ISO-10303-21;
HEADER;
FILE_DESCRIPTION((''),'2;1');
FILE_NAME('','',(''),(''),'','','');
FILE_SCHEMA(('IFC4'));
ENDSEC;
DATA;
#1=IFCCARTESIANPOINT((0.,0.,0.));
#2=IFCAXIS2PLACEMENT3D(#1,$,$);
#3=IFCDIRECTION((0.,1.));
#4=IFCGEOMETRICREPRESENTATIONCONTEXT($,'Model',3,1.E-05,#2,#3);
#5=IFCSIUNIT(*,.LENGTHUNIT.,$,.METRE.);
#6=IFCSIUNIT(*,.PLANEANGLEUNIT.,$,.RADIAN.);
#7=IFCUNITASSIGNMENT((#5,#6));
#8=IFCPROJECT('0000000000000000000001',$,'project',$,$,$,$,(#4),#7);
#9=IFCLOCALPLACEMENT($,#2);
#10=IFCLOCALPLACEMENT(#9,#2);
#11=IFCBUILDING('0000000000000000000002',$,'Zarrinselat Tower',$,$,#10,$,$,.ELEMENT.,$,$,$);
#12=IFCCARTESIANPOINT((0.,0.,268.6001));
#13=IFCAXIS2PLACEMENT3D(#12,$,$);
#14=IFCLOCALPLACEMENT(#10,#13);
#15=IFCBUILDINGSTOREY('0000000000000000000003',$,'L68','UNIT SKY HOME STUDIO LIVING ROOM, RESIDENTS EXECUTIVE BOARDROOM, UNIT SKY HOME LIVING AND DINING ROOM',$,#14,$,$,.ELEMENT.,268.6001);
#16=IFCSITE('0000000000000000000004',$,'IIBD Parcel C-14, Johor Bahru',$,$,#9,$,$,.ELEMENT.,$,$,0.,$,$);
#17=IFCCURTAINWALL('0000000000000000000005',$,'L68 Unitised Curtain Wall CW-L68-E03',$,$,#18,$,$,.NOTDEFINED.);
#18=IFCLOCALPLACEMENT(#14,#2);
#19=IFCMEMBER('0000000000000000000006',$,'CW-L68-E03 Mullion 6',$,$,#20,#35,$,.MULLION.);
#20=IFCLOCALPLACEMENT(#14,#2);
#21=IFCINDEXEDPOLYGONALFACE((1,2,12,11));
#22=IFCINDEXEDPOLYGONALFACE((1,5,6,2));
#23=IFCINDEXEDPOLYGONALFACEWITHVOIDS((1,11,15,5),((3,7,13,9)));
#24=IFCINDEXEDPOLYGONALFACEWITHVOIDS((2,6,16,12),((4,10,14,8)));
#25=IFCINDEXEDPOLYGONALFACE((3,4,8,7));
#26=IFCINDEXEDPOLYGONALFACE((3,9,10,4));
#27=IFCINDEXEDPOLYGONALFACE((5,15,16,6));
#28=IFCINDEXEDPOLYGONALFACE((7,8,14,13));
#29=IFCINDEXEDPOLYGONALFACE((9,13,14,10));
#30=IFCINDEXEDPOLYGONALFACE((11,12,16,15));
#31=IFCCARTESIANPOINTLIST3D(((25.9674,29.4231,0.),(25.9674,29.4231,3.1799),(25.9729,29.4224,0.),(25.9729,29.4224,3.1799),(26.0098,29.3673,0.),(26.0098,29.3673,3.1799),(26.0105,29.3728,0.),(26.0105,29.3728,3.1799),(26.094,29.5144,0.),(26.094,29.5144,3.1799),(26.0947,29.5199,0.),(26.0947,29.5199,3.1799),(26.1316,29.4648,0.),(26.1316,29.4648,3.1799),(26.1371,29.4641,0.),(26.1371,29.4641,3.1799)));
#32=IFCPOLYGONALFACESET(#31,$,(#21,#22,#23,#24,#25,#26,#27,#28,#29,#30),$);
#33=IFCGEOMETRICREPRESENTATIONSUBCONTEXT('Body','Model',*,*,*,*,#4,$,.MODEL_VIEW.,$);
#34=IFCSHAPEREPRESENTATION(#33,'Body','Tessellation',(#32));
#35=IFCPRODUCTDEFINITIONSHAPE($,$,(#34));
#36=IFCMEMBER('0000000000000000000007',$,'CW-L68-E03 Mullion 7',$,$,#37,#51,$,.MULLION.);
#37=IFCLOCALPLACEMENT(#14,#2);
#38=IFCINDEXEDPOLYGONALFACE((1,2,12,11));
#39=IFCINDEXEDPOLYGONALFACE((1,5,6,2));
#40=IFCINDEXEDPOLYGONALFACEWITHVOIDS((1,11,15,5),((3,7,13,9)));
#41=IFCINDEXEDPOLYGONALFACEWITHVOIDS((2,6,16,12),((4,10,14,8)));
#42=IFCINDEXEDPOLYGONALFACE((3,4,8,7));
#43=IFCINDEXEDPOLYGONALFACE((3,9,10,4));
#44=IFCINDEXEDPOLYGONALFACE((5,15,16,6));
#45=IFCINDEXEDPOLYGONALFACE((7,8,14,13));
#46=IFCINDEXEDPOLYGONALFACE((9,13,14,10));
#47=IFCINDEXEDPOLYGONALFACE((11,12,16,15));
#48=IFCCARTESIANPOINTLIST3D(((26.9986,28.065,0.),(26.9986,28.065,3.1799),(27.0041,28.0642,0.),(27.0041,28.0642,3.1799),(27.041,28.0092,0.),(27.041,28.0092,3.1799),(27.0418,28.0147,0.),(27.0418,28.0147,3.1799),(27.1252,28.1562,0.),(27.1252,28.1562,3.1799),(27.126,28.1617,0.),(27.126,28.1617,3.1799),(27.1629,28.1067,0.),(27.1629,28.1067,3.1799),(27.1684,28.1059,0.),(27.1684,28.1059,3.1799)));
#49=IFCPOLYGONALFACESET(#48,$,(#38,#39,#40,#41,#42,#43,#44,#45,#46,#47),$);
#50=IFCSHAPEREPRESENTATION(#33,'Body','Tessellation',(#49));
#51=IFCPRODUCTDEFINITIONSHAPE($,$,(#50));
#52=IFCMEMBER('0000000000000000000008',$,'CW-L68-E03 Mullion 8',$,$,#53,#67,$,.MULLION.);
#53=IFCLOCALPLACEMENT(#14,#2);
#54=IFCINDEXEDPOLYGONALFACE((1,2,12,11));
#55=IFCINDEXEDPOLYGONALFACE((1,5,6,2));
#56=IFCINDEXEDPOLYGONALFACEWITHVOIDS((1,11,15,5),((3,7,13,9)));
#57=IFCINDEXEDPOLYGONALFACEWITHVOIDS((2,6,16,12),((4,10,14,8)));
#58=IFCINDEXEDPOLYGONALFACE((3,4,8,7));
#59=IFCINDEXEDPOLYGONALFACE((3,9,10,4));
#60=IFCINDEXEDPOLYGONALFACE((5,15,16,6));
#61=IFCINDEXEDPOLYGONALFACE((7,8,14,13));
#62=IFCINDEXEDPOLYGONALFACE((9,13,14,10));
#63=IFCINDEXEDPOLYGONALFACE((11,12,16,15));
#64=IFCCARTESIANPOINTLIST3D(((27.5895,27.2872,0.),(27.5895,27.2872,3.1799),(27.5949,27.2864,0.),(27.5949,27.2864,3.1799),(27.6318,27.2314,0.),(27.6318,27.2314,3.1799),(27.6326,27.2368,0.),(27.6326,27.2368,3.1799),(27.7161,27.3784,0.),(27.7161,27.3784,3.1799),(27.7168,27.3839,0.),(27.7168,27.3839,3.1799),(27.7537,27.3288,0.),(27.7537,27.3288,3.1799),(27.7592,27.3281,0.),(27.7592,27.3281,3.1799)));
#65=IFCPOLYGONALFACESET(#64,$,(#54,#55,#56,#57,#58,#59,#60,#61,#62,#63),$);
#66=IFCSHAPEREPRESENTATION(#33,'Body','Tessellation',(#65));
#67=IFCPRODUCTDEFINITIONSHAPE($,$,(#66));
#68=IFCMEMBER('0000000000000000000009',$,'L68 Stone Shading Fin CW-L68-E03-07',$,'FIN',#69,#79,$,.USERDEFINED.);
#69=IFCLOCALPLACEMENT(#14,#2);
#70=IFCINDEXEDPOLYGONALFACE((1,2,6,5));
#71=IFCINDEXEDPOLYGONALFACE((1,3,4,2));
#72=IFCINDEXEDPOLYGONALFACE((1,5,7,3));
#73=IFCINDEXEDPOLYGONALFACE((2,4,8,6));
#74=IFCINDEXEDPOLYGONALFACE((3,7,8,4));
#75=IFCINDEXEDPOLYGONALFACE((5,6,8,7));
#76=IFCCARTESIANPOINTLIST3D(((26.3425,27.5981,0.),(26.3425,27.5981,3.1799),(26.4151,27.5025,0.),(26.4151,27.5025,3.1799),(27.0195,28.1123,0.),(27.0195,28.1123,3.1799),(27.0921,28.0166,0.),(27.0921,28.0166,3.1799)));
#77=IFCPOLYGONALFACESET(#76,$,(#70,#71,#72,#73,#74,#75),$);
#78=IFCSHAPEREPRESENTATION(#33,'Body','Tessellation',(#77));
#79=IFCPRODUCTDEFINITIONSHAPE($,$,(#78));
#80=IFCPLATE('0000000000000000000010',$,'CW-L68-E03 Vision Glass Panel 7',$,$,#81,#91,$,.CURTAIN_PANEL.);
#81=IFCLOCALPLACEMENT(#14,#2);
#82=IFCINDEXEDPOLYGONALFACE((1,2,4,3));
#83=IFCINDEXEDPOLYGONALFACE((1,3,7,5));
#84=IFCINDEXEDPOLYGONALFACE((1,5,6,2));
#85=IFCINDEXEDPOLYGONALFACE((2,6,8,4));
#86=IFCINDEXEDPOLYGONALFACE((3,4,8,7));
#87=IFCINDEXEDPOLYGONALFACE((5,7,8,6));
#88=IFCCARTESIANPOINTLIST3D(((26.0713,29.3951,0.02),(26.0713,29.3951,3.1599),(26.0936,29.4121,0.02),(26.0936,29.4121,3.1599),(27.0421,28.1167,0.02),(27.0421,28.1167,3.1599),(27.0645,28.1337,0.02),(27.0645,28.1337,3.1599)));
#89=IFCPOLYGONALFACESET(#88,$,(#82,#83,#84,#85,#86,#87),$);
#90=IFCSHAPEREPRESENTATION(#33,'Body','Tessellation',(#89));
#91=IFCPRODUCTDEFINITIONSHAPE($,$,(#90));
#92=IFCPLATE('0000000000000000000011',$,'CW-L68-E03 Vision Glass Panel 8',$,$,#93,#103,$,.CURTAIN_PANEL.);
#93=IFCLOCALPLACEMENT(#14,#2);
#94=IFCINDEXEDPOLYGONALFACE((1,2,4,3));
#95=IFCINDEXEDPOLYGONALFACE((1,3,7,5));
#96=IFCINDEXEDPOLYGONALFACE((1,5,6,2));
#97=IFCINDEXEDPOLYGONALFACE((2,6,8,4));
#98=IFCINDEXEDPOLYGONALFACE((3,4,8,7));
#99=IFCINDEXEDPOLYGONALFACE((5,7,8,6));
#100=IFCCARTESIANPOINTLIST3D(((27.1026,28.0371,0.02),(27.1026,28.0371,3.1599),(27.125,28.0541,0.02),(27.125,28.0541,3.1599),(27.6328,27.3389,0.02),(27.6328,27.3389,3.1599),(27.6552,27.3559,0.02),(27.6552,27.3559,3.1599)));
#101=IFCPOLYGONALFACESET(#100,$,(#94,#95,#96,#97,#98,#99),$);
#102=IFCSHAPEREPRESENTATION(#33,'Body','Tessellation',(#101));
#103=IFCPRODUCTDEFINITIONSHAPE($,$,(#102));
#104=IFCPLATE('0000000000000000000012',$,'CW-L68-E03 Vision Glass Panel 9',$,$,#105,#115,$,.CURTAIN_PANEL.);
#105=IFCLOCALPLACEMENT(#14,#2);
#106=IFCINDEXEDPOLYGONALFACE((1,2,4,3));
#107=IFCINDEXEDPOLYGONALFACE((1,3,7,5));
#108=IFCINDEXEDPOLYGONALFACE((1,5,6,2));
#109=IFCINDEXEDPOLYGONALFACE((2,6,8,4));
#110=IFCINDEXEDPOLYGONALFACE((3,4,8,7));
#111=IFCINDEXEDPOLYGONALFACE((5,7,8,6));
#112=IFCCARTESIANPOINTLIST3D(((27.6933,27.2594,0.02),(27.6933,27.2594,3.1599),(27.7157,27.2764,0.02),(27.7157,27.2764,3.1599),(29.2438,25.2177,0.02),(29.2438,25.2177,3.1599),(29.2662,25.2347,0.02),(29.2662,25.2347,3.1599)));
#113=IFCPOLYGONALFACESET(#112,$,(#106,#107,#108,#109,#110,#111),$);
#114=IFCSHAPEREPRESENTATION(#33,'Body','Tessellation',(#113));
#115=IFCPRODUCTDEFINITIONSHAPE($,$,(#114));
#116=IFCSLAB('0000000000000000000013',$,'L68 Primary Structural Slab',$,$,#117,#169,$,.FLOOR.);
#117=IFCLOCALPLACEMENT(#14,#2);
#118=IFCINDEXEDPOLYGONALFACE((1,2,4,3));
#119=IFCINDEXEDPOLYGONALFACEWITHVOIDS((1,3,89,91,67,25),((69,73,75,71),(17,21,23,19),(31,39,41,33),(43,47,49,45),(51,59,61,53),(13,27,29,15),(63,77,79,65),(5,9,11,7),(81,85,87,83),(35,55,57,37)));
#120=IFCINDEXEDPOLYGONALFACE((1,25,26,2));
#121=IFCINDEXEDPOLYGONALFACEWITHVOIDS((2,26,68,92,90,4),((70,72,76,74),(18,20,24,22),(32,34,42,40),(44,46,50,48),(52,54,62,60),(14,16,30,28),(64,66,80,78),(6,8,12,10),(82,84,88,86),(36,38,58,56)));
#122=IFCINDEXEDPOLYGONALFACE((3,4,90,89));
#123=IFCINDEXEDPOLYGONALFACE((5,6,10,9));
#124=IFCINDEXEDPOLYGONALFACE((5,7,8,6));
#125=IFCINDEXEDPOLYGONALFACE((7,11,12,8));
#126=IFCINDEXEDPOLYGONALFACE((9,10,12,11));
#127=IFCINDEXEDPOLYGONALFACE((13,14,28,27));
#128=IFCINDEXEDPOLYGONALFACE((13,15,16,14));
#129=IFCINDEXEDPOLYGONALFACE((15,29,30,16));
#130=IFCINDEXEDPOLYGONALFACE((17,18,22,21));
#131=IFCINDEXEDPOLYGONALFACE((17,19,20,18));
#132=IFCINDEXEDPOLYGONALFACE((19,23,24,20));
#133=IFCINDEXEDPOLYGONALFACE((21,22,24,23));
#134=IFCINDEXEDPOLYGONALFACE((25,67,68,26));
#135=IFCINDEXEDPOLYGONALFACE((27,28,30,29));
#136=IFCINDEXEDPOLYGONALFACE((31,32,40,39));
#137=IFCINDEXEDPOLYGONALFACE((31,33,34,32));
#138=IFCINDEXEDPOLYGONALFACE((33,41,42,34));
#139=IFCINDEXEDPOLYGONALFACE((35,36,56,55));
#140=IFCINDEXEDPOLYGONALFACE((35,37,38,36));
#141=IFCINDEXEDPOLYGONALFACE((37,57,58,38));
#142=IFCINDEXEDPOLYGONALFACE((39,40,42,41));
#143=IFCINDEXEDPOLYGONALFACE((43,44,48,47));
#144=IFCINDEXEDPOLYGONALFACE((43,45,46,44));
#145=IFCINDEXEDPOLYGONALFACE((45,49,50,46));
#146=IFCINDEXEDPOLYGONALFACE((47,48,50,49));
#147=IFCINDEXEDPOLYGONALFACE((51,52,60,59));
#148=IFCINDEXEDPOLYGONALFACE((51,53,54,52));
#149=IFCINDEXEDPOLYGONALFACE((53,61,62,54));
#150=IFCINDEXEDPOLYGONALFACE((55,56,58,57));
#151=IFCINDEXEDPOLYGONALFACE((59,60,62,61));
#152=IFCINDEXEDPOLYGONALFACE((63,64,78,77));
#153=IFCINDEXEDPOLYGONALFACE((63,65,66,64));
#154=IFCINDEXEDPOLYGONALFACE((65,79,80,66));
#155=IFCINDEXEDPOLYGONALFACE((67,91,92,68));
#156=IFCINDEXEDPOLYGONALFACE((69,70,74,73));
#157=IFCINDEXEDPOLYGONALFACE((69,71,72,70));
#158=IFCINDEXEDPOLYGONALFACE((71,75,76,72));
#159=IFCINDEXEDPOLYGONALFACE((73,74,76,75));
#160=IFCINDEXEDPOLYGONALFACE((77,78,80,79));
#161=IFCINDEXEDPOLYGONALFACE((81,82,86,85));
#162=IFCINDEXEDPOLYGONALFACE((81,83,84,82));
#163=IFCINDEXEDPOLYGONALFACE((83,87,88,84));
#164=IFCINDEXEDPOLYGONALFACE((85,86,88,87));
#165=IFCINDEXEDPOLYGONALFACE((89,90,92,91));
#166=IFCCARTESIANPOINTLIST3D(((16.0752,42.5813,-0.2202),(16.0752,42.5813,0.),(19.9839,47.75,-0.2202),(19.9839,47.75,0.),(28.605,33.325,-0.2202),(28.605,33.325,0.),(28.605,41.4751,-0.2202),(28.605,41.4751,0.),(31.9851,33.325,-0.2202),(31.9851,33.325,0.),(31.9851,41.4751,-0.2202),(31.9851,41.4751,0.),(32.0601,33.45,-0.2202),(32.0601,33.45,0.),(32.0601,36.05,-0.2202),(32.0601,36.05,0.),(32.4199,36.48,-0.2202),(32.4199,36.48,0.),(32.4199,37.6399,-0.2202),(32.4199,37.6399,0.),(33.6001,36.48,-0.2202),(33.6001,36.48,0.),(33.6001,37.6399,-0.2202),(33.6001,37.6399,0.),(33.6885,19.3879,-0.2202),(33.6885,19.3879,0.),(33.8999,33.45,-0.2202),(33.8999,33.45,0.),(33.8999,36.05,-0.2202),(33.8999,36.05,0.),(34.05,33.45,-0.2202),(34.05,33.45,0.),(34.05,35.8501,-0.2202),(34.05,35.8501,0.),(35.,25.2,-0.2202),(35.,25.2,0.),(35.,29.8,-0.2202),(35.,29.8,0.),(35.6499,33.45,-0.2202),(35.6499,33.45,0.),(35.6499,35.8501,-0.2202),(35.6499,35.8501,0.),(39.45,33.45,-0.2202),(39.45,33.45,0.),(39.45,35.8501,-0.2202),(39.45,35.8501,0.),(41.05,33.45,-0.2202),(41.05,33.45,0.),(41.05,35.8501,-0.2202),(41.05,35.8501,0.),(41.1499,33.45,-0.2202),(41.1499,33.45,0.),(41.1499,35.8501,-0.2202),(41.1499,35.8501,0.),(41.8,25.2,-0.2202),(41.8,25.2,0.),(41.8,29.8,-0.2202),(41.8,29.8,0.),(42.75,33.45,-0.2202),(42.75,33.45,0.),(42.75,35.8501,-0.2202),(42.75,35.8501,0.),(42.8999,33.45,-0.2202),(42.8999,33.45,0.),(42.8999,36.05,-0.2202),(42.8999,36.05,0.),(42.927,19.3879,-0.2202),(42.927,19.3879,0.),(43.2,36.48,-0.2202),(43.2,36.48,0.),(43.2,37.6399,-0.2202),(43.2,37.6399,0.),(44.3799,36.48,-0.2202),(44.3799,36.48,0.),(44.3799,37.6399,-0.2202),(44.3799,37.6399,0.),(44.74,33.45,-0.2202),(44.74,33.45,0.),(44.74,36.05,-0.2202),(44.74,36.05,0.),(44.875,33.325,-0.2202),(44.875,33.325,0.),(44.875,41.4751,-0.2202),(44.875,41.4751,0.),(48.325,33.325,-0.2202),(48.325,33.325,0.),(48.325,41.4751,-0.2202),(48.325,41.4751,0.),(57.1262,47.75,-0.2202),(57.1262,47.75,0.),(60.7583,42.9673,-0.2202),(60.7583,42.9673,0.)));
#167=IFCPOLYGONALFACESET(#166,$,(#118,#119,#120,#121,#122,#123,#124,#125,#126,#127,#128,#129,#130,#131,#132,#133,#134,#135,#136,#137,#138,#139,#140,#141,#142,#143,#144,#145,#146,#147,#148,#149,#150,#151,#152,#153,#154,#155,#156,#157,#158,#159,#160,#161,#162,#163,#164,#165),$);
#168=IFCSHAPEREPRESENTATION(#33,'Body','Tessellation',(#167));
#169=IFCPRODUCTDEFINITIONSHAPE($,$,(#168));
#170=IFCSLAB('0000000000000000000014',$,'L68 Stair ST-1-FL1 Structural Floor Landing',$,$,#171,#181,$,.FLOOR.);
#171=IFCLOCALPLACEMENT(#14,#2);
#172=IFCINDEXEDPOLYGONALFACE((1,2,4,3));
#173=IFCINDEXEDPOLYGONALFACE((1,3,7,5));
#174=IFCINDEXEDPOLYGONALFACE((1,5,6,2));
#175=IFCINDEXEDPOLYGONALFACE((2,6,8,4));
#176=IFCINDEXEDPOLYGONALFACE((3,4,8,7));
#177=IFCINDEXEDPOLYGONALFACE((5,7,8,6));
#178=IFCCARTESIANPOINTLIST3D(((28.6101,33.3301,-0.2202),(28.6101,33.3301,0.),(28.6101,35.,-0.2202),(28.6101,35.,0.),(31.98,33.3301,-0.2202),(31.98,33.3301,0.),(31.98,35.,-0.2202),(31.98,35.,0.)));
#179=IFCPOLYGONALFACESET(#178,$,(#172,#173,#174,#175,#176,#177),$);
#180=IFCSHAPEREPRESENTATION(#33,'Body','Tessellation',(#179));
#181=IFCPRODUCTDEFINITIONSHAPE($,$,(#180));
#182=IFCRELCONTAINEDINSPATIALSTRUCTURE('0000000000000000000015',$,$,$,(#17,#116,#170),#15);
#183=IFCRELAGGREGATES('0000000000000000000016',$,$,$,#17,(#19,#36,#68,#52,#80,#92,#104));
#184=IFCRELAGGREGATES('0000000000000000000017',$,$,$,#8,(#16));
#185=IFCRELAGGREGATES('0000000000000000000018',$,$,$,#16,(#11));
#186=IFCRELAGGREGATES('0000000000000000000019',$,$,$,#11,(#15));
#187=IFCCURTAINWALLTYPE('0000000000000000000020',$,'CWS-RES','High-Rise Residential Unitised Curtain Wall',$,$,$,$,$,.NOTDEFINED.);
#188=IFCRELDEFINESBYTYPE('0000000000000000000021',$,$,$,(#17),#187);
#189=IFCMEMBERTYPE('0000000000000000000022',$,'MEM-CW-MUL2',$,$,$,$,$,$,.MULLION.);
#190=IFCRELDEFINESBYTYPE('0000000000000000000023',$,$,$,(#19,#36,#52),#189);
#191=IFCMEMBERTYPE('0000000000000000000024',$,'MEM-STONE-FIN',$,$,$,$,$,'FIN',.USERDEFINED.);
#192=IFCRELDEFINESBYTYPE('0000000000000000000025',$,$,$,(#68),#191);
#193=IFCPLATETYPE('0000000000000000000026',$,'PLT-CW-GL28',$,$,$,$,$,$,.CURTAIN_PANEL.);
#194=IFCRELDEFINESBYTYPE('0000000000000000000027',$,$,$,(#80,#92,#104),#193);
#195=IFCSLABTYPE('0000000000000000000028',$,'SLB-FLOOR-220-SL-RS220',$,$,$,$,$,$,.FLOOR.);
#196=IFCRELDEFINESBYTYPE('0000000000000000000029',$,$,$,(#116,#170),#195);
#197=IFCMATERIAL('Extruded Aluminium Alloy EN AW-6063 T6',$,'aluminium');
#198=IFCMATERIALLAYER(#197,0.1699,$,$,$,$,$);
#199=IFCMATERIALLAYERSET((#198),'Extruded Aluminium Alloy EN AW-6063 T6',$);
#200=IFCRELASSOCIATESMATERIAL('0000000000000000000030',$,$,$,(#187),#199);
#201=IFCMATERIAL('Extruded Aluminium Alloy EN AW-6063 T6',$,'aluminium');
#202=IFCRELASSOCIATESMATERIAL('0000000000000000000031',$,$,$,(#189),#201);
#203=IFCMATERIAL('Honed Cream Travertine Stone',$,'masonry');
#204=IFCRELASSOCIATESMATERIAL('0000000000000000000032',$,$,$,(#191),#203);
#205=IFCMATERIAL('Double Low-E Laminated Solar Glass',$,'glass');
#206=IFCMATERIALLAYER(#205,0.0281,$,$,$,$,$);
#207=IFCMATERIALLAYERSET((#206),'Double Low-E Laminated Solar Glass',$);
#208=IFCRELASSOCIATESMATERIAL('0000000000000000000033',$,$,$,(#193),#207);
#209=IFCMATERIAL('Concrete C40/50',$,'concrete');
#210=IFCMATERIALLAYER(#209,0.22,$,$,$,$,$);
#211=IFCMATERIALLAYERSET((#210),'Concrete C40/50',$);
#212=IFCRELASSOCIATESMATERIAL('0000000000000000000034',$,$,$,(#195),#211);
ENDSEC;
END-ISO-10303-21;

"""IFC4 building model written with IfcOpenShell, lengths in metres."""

from ifc_helpers import new_model, si_unit, direction, frame, origin, origin_2d, place, context, subcontext, project, spatial, polyline, rectangle, hollow_rectangle, outline, extrude, material, layer, layer_set, material_profile, profile_set, type_object, element, aggregate, save


model = new_model("IFC4")

# Units and contexts
model_context = context("Model", 3, precision=1e-05, world=origin(), true_north=direction((0.0, 1.0)))
body_context = subcontext(model_context, "Body", "Model", "MODEL_VIEW")
ifc_project = project(units=[si_unit("LENGTHUNIT", "METRE"), si_unit("PLANEANGLEUNIT", "RADIAN")], contexts=[model_context])

# Site, building, storey
site_placement = place(None, origin())
site = spatial("IfcSite", under=ifc_project, at=site_placement, Name="IIBD Parcel C-14, Johor Bahru", CompositionType="ELEMENT", RefElevation=0.0)
building_placement = place(site_placement, origin())
building = spatial("IfcBuilding", under=site, at=building_placement, Name="Zarrinselat Tower", CompositionType="ELEMENT")
storey_placement = place(building_placement, frame((0.0, 0.0, 268.6001)))
storey = spatial("IfcBuildingStorey", under=building, at=storey_placement, Name="L68", Description="UNIT SKY HOME STUDIO LIVING ROOM, RESIDENTS EXECUTIVE BOARDROOM, UNIT SKY HOME LIVING AND DINING ROOM", CompositionType="ELEMENT", Elevation=268.6001)

# Curtain wall, members, plates
ifc_material_1 = material(Name="Extruded Aluminium Alloy EN AW-6063 T6", Category="aluminium")
ifc_layer_1 = layer(ifc_material_1, 0.1699)
ifc_layer_set_1 = layer_set([ifc_layer_1], Name="Extruded Aluminium Alloy EN AW-6063 T6")
curtain_wall_type = type_object("IfcCurtainWallType", Name="CWS-RES", Description="High-Rise Residential Unitised Curtain Wall", PredefinedType="NOTDEFINED", material=ifc_layer_set_1)
curtain_wall_placement = place(storey_placement, origin())
curtain_wall = element("IfcCurtainWall", 1, at=curtain_wall_placement, inside=storey, type_object=curtain_wall_type, Name="L68 Unitised Curtain Wall CW-L68-E03", PredefinedType="NOTDEFINED")
ifc_material_2 = material(Name="Extruded Aluminium Alloy EN AW-6063 T6", Category="aluminium")
ifc_material_profile_1 = material_profile(ifc_material_2, hollow_rectangle(XDim=0.0701, YDim=0.1599, WallThickness=0.0039, at=origin_2d()), Name="RHS 160x70x4")
ifc_profile_set_1 = profile_set([ifc_material_profile_1], Name="Extruded Aluminium Alloy EN AW-6063 T6")
member_type_1 = type_object("IfcMemberType", Name="MEM-CW-MUL2", PredefinedType="MULLION", material=ifc_profile_set_1)
member_1_placement = place(storey_placement, frame((26.0522, 29.4436, 0.0), z_axis=(0.0, 0.0, 1.0), x_axis=(0.604788, -0.796387, 0.0)))
member_1 = element("IfcMember", 2, at=member_1_placement, type_object=member_type_1, Name="CW-L68-E03 Mullion 6", PredefinedType="MULLION", context=body_context, shape_type="SweptSolid", body=[
    extrude(hollow_rectangle(XDim=0.0701, YDim=0.1599, WallThickness=0.0039, at=origin_2d()), origin(), (0.0, 0.0, 1.0), 3.1799),
])
member_2_placement = place(storey_placement, frame((27.0835, 28.0854, 0.0), z_axis=(0.0, 0.0, 1.0), x_axis=(0.604788, -0.796387, 0.0)))
member_2 = element("IfcMember", 3, at=member_2_placement, type_object=member_type_1, Name="CW-L68-E03 Mullion 7", PredefinedType="MULLION", context=body_context, shape_type="SweptSolid", body=[
    extrude(hollow_rectangle(XDim=0.0701, YDim=0.1599, WallThickness=0.0039, at=origin_2d()), origin(), (0.0, 0.0, 1.0), 3.1799),
])
member_3_placement = place(storey_placement, frame((27.6743, 27.3076, 0.0), z_axis=(0.0, 0.0, 1.0), x_axis=(0.604788, -0.796387, 0.0)))
member_3 = element("IfcMember", 4, at=member_3_placement, type_object=member_type_1, Name="CW-L68-E03 Mullion 8", PredefinedType="MULLION", context=body_context, shape_type="SweptSolid", body=[
    extrude(hollow_rectangle(XDim=0.0701, YDim=0.1599, WallThickness=0.0039, at=origin_2d()), origin(), (0.0, 0.0, 1.0), 3.1799),
])
ifc_material_3 = material(Name="Honed Cream Travertine Stone", Category="masonry")
ifc_material_profile_2 = material_profile(ifc_material_3, rectangle(XDim=0.1201, YDim=0.8501, at=origin_2d()), Name="FIN 850x120")
ifc_profile_set_2 = profile_set([ifc_material_profile_2], Name="Honed Cream Travertine Stone")
member_type_2 = type_object("IfcMemberType", Name="MEM-STONE-FIN", ElementType="FIN", PredefinedType="USERDEFINED", material=ifc_profile_set_2)
member_4_placement = place(storey_placement, frame((26.7173, 27.8074, 0.0), z_axis=(0.0, 0.0, 1.0), x_axis=(-0.604788, 0.796387, 0.0)))
member_4 = element("IfcMember", 5, at=member_4_placement, type_object=member_type_2, Name="L68 Stone Shading Fin CW-L68-E03-07", ObjectType="FIN", PredefinedType="USERDEFINED", context=body_context, shape_type="SweptSolid", body=[
    extrude(rectangle(XDim=0.1201, YDim=0.8501, at=origin_2d()), origin(), (0.0, 0.0, 1.0), 3.1799),
])
ifc_material_4 = material(Name="Double Low-E Laminated Solar Glass", Category="glass")
ifc_layer_2 = layer(ifc_material_4, 0.0281)
ifc_layer_set_2 = layer_set([ifc_layer_2], Name="Double Low-E Laminated Solar Glass")
plate_type = type_object("IfcPlateType", Name="PLT-CW-GL28", PredefinedType="CURTAIN_PANEL", material=ifc_layer_set_2)
plate_1_placement = place(storey_placement, frame((26.5679, 28.7644, 0.02), z_axis=(0.0, 0.0, 1.0), x_axis=(0.604788, -0.796387, 0.0)))
plate_1 = element("IfcPlate", 6, at=plate_1_placement, type_object=plate_type, Name="CW-L68-E03 Vision Glass Panel 7", PredefinedType="CURTAIN_PANEL", context=body_context, shape_type="SweptSolid", body=[
    extrude(rectangle(XDim=1.6052, YDim=0.0281, at=origin_2d()), origin(), (0.0, 0.0, 1.0), 3.1399),
])
plate_2_placement = place(storey_placement, frame((27.3789, 27.6965, 0.02), z_axis=(0.0, 0.0, 1.0), x_axis=(0.604788, -0.796387, 0.0)))
plate_2 = element("IfcPlate", 7, at=plate_2_placement, type_object=plate_type, Name="CW-L68-E03 Vision Glass Panel 8", PredefinedType="CURTAIN_PANEL", context=body_context, shape_type="SweptSolid", body=[
    extrude(rectangle(XDim=0.8767, YDim=0.0281, at=origin_2d()), origin(), (0.0, 0.0, 1.0), 3.1399),
])
plate_3_placement = place(storey_placement, frame((28.4797, 26.2471, 0.02), z_axis=(0.0, 0.0, 1.0), x_axis=(0.604788, -0.796387, 0.0)))
plate_3 = element("IfcPlate", 8, at=plate_3_placement, type_object=plate_type, Name="CW-L68-E03 Vision Glass Panel 9", PredefinedType="CURTAIN_PANEL", context=body_context, shape_type="SweptSolid", body=[
    extrude(rectangle(XDim=2.5637, YDim=0.0281, at=origin_2d()), origin(), (0.0, 0.0, 1.0), 3.1399),
])
aggregate(curtain_wall, [member_1, member_2, member_4, member_3, plate_1, plate_2, plate_3])

# Slabs
ifc_material_5 = material(Name="Concrete C40/50", Category="concrete")
ifc_layer_3 = layer(ifc_material_5, 0.22)
ifc_layer_set_3 = layer_set([ifc_layer_3], Name="Concrete C40/50")
slab_type_1 = type_object("IfcSlabType", Name="SLB-FLOOR-220-SL-RS220", PredefinedType="FLOOR", material=ifc_layer_set_3)
slab_1_placement = place(storey_placement, frame((0.0, 0.0, -0.2202)))
element("IfcSlab", 9, at=slab_1_placement, inside=storey, type_object=slab_type_1, Name="L68 Primary Structural Slab", PredefinedType="FLOOR", context=body_context, shape_type="SweptSolid", body=[
    extrude(outline(polyline([(57.1262, 47.75), (19.9839, 47.75), (16.0752, 42.5813), (33.6885, 19.3879), (42.927, 19.3879), (60.7583, 42.9673), (57.1262, 47.75)]), holes=[polyline([(41.8, 25.2), (35.0, 25.2), (35.0, 29.8), (41.8, 29.8), (41.8, 25.2)]), polyline([(35.6499, 33.45), (34.05, 33.45), (34.05, 35.8501), (35.6499, 35.8501), (35.6499, 33.45)]), polyline([(41.05, 33.45), (39.45, 33.45), (39.45, 35.8501), (41.05, 35.8501), (41.05, 33.45)]), polyline([(41.1499, 33.45), (41.1499, 35.8501), (42.75, 35.8501), (42.75, 33.45), (41.1499, 33.45)]), polyline([(32.0601, 33.45), (32.0601, 36.05), (33.8999, 36.05), (33.8999, 33.45), (32.0601, 33.45)]), polyline([(44.74, 33.45), (42.8999, 33.45), (42.8999, 36.05), (44.74, 36.05), (44.74, 33.45)]), polyline([(33.6001, 36.48), (32.4199, 36.48), (32.4199, 37.6399), (33.6001, 37.6399), (33.6001, 36.48)]), polyline([(44.3799, 36.48), (43.2, 36.48), (43.2, 37.6399), (44.3799, 37.6399), (44.3799, 36.48)]), polyline([(31.9851, 33.325), (28.605, 33.325), (28.605, 41.4751), (31.9851, 41.4751), (31.9851, 33.325)]), polyline([(48.325, 33.325), (44.875, 33.325), (44.875, 41.4751), (48.325, 41.4751), (48.325, 33.325)])]), origin(), (0.0, 0.0, 1.0), 0.2202),
])
slab_2_placement = place(storey_placement, frame((0.0, 0.0, -0.2202)))
element("IfcSlab", 10, at=slab_2_placement, inside=storey, type_object=slab_type_1, Name="L68 Stair ST-1-FL1 Structural Floor Landing", PredefinedType="FLOOR", context=body_context, shape_type="SweptSolid", body=[
    extrude(outline(polyline([(31.98, 33.3301), (31.98, 35.0), (28.6101, 35.0), (28.6101, 33.3301), (31.98, 33.3301)])), origin(), (0.0, 0.0, 1.0), 0.2202),
])

save(model, "model.ifc")
